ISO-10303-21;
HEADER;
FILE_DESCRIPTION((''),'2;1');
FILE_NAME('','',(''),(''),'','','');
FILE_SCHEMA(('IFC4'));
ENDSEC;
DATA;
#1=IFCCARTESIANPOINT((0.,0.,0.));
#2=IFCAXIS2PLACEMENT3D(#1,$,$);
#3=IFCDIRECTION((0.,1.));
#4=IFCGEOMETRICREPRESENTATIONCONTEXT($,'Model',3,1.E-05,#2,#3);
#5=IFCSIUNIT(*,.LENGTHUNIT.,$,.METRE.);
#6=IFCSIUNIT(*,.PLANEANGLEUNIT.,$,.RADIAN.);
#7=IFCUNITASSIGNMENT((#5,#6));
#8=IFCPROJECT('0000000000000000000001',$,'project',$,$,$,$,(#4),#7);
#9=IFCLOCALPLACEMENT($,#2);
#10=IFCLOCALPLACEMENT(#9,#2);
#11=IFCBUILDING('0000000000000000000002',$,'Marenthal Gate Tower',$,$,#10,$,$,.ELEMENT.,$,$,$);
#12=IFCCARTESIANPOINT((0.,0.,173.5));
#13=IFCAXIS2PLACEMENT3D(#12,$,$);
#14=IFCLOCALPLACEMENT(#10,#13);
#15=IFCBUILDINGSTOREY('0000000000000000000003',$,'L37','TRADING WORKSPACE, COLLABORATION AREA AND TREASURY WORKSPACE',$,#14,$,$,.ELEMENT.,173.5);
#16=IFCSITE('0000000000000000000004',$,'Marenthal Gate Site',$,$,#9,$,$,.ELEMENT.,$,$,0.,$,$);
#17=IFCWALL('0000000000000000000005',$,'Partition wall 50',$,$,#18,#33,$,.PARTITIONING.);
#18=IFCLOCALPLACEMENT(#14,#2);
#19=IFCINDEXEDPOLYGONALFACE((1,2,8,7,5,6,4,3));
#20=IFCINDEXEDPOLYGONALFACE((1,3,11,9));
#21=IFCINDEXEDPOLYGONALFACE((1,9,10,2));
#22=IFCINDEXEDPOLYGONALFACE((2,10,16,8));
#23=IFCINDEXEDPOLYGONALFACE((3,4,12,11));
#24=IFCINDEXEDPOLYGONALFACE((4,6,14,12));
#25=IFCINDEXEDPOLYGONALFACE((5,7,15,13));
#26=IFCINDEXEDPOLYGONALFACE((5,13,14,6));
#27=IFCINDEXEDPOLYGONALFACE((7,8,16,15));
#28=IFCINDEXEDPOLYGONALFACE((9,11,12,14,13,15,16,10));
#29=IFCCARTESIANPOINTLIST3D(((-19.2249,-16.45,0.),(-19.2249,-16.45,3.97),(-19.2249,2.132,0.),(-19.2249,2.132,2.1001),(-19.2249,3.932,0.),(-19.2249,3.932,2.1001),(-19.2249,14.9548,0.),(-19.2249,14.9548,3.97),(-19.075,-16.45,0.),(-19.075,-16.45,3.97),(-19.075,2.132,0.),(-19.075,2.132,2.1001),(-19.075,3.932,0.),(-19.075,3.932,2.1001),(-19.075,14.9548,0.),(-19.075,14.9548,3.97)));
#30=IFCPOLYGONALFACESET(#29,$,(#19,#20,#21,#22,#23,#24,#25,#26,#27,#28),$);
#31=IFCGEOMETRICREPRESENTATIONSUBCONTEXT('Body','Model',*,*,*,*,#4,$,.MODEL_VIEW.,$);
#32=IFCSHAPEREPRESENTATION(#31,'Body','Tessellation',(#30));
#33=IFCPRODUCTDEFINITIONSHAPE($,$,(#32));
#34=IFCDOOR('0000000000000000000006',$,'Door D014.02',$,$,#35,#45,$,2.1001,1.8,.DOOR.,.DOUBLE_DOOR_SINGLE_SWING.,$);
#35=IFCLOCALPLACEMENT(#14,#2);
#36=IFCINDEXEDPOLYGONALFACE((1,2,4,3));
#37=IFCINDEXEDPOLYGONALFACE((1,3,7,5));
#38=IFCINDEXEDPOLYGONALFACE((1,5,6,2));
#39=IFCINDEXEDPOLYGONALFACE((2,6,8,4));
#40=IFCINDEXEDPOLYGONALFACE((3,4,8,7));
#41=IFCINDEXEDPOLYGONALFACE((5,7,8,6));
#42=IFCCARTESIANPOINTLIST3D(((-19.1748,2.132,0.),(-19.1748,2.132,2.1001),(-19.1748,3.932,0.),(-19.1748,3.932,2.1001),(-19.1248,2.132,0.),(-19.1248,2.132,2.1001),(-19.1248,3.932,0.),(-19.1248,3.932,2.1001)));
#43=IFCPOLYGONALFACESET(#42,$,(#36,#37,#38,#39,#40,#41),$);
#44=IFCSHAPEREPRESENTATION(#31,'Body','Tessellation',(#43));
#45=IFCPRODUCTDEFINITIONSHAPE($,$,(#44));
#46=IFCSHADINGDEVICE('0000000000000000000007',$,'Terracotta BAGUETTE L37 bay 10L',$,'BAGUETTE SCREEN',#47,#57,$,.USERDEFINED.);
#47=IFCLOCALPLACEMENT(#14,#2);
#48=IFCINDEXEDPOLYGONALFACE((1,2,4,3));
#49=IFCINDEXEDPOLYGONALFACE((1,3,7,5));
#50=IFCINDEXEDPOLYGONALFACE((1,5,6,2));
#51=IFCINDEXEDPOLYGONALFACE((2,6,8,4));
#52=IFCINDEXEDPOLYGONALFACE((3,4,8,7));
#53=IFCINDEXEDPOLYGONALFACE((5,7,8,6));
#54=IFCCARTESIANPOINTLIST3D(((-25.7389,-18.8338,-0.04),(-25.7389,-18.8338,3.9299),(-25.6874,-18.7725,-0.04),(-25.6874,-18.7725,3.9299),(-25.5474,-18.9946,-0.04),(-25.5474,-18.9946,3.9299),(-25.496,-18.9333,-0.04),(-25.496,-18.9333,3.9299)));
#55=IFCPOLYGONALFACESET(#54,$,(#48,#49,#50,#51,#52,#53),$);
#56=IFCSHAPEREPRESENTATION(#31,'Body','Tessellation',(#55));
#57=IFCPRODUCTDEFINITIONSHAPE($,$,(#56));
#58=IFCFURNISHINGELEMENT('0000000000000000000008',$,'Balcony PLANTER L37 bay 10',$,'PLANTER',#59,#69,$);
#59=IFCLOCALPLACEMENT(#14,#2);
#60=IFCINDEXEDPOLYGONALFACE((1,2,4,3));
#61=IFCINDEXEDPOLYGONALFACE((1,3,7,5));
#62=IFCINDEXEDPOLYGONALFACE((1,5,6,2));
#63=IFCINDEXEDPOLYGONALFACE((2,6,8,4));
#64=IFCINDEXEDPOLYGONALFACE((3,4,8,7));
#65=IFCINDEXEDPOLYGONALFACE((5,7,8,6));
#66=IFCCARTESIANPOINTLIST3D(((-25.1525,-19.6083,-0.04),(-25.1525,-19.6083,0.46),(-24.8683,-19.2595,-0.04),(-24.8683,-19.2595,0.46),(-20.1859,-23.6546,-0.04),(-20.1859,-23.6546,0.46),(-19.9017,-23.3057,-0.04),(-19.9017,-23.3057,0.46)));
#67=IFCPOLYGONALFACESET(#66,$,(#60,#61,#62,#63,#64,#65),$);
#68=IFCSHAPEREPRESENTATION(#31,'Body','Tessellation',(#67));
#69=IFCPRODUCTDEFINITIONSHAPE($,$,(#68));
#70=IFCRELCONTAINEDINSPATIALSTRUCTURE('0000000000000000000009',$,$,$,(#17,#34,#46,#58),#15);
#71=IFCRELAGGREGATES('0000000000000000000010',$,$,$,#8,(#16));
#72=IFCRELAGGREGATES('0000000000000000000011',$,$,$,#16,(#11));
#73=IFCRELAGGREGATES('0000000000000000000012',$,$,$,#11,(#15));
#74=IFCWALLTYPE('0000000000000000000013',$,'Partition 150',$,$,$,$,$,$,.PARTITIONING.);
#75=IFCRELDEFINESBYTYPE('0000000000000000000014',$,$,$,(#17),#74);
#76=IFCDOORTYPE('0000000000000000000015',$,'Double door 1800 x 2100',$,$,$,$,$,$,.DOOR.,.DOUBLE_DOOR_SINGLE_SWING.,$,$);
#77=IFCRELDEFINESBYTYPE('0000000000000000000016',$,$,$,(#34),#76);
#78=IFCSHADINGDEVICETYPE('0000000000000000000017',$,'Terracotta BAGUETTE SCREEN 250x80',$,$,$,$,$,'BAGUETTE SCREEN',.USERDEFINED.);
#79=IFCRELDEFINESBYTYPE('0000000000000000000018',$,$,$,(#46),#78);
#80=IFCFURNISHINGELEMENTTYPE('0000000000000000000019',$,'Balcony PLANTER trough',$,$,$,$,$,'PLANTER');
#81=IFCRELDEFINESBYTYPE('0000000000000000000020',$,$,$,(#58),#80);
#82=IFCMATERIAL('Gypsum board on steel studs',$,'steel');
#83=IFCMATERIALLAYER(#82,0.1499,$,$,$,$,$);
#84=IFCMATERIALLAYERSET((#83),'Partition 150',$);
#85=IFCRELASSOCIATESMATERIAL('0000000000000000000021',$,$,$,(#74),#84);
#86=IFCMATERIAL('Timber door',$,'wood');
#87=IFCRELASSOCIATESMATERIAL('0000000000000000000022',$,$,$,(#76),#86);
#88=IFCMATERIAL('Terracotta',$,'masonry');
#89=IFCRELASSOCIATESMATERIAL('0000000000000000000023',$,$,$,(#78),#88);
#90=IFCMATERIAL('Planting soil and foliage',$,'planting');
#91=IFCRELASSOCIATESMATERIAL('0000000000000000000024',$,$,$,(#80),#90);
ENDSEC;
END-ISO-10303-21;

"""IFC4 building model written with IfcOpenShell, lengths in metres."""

from ifc_helpers import new_model, si_unit, direction, frame, frame_2d, origin, origin_2d, place, context, subcontext, project, spatial, rectangle, extrude, material, layer, layer_set, material_profile, profile_set, type_object, element, fill, save


model = new_model("IFC4")

# Units and contexts
model_context = context("Model", 3, precision=1e-05, world=origin(), true_north=direction((0.0, 1.0)))
body_context = subcontext(model_context, "Body", "Model", "MODEL_VIEW")
ifc_project = project(units=[si_unit("LENGTHUNIT", "METRE"), si_unit("PLANEANGLEUNIT", "RADIAN")], contexts=[model_context])

# Site, building, storey
site_placement = place(None, origin())
site = spatial("IfcSite", under=ifc_project, at=site_placement, Name="Marenthal Gate Site", CompositionType="ELEMENT", RefElevation=0.0)
building_placement = place(site_placement, origin())
building = spatial("IfcBuilding", under=site, at=building_placement, Name="Marenthal Gate Tower", CompositionType="ELEMENT")
storey_placement = place(building_placement, frame((0.0, 0.0, 173.5)))
storey = spatial("IfcBuildingStorey", under=building, at=storey_placement, Name="L37", Description="TRADING WORKSPACE, COLLABORATION AREA AND TREASURY WORKSPACE", CompositionType="ELEMENT", Elevation=173.5)

# Wall, opening, door
ifc_material_1 = material(Name="Gypsum board on steel studs", Category="steel")
ifc_layer_1 = layer(ifc_material_1, 0.1499)
ifc_layer_set_1 = layer_set([ifc_layer_1], Name="Partition 150")
wall_type_1 = type_object("IfcWallType", Name="Partition 150", PredefinedType="PARTITIONING", material=ifc_layer_set_1)
wall_1_placement = place(storey_placement, frame((-19.1499, -16.45, 0.0), z_axis=(0.0, 0.0, 1.0), x_axis=(0.0, 1.0, 0.0)))
wall_1 = element("IfcWall", 1, at=wall_1_placement, inside=storey, type_object=wall_type_1, Name="Partition wall 50", PredefinedType="PARTITIONING", context=body_context, shape_type="SweptSolid", body=[
    extrude(rectangle(XDim=31.4048, YDim=0.1499, at=frame_2d((15.7024, 0.0))), origin(), (0.0, 0.0, 1.0), 3.97),
])
opening_1_placement = place(wall_1_placement, frame((18.582, 0.0, 0.0)))
opening_1 = element("IfcOpeningElement", 2, at=opening_1_placement, cuts=wall_1, PredefinedType="OPENING", context=body_context, shape_type="SweptSolid", body=[
    extrude(rectangle(XDim=1.8, YDim=2.1001, at=frame_2d((0.8999, 1.05))), frame((0.0, 0.085, 0.0), z_axis=(0.0, -1.0, 0.0), x_axis=(1.0, 0.0, 0.0)), (0.0, 0.0, 1.0), 0.1699),
])
ifc_material_2 = material(Name="Timber door", Category="wood")
door_type_1 = type_object("IfcDoorType", Name="Double door 1800 x 2100", OperationType="DOUBLE_DOOR_SINGLE_SWING", PredefinedType="DOOR", material=ifc_material_2)
door_1_placement = place(opening_1_placement, origin())
door_1 = element("IfcDoor", 3, at=door_1_placement, inside=storey, type_object=door_type_1, Name="Door D014.02", OperationType="DOUBLE_DOOR_SINGLE_SWING", OverallHeight=2.1001, OverallWidth=1.8, PredefinedType="DOOR", context=body_context, shape_type="SweptSolid", body=[
    extrude(rectangle(XDim=1.8, YDim=2.1001, at=frame_2d((0.8999, 1.05))), frame((0.0, 0.0249, 0.0), z_axis=(0.0, -1.0, 0.0), x_axis=(1.0, 0.0, 0.0)), (0.0, 0.0, 1.0), 0.05),
])
fill(opening_1, door_1)

# Shading device
ifc_material_3 = material(Name="Terracotta", Category="masonry")
ifc_material_profile_1 = material_profile(ifc_material_3, rectangle(XDim=0.25, YDim=0.0801, at=origin_2d()), Name="Terracotta baguette 250x80")
ifc_profile_set_1 = profile_set([ifc_material_profile_1], Name="Terracotta")
shading_device_type = type_object("IfcShadingDeviceType", Name="Terracotta BAGUETTE SCREEN 250x80", ElementType="BAGUETTE SCREEN", PredefinedType="USERDEFINED", material=ifc_profile_set_1)
shading_device_placement = place(storey_placement, frame((-25.6174, -18.8835, -0.04), z_axis=(0.0, 0.0, 1.0), x_axis=(0.76585, -0.643019, 0.0)))
element("IfcShadingDevice", 4, at=shading_device_placement, inside=storey, type_object=shading_device_type, Name="Terracotta BAGUETTE L37 bay 10L", ObjectType="BAGUETTE SCREEN", PredefinedType="USERDEFINED", context=body_context, shape_type="SweptSolid", body=[
    extrude(rectangle(XDim=0.25, YDim=0.0801, at=origin_2d()), origin(), (0.0, 0.0, 1.0), 3.97),
])

# Furnishing element
ifc_material_4 = material(Name="Planting soil and foliage", Category="planting")
furnishing_element_type = type_object("IfcFurnishingElementType", Name="Balcony PLANTER trough", ElementType="PLANTER", material=ifc_material_4)
furnishing_placement = place(storey_placement, frame((-22.5271, -21.457, -0.04), z_axis=(0.0, 0.0, 1.0), x_axis=(0.775288, -0.631608, 0.0)))
element("IfcFurnishingElement", 5, at=furnishing_placement, inside=storey, type_object=furnishing_element_type, Name="Balcony PLANTER L37 bay 10", ObjectType="PLANTER", context=body_context, shape_type="SweptSolid", body=[
    extrude(rectangle(XDim=6.4062, YDim=0.45, at=origin_2d()), origin(), (0.0, 0.0, 1.0), 0.5),
])

save(model, "model.ifc")
